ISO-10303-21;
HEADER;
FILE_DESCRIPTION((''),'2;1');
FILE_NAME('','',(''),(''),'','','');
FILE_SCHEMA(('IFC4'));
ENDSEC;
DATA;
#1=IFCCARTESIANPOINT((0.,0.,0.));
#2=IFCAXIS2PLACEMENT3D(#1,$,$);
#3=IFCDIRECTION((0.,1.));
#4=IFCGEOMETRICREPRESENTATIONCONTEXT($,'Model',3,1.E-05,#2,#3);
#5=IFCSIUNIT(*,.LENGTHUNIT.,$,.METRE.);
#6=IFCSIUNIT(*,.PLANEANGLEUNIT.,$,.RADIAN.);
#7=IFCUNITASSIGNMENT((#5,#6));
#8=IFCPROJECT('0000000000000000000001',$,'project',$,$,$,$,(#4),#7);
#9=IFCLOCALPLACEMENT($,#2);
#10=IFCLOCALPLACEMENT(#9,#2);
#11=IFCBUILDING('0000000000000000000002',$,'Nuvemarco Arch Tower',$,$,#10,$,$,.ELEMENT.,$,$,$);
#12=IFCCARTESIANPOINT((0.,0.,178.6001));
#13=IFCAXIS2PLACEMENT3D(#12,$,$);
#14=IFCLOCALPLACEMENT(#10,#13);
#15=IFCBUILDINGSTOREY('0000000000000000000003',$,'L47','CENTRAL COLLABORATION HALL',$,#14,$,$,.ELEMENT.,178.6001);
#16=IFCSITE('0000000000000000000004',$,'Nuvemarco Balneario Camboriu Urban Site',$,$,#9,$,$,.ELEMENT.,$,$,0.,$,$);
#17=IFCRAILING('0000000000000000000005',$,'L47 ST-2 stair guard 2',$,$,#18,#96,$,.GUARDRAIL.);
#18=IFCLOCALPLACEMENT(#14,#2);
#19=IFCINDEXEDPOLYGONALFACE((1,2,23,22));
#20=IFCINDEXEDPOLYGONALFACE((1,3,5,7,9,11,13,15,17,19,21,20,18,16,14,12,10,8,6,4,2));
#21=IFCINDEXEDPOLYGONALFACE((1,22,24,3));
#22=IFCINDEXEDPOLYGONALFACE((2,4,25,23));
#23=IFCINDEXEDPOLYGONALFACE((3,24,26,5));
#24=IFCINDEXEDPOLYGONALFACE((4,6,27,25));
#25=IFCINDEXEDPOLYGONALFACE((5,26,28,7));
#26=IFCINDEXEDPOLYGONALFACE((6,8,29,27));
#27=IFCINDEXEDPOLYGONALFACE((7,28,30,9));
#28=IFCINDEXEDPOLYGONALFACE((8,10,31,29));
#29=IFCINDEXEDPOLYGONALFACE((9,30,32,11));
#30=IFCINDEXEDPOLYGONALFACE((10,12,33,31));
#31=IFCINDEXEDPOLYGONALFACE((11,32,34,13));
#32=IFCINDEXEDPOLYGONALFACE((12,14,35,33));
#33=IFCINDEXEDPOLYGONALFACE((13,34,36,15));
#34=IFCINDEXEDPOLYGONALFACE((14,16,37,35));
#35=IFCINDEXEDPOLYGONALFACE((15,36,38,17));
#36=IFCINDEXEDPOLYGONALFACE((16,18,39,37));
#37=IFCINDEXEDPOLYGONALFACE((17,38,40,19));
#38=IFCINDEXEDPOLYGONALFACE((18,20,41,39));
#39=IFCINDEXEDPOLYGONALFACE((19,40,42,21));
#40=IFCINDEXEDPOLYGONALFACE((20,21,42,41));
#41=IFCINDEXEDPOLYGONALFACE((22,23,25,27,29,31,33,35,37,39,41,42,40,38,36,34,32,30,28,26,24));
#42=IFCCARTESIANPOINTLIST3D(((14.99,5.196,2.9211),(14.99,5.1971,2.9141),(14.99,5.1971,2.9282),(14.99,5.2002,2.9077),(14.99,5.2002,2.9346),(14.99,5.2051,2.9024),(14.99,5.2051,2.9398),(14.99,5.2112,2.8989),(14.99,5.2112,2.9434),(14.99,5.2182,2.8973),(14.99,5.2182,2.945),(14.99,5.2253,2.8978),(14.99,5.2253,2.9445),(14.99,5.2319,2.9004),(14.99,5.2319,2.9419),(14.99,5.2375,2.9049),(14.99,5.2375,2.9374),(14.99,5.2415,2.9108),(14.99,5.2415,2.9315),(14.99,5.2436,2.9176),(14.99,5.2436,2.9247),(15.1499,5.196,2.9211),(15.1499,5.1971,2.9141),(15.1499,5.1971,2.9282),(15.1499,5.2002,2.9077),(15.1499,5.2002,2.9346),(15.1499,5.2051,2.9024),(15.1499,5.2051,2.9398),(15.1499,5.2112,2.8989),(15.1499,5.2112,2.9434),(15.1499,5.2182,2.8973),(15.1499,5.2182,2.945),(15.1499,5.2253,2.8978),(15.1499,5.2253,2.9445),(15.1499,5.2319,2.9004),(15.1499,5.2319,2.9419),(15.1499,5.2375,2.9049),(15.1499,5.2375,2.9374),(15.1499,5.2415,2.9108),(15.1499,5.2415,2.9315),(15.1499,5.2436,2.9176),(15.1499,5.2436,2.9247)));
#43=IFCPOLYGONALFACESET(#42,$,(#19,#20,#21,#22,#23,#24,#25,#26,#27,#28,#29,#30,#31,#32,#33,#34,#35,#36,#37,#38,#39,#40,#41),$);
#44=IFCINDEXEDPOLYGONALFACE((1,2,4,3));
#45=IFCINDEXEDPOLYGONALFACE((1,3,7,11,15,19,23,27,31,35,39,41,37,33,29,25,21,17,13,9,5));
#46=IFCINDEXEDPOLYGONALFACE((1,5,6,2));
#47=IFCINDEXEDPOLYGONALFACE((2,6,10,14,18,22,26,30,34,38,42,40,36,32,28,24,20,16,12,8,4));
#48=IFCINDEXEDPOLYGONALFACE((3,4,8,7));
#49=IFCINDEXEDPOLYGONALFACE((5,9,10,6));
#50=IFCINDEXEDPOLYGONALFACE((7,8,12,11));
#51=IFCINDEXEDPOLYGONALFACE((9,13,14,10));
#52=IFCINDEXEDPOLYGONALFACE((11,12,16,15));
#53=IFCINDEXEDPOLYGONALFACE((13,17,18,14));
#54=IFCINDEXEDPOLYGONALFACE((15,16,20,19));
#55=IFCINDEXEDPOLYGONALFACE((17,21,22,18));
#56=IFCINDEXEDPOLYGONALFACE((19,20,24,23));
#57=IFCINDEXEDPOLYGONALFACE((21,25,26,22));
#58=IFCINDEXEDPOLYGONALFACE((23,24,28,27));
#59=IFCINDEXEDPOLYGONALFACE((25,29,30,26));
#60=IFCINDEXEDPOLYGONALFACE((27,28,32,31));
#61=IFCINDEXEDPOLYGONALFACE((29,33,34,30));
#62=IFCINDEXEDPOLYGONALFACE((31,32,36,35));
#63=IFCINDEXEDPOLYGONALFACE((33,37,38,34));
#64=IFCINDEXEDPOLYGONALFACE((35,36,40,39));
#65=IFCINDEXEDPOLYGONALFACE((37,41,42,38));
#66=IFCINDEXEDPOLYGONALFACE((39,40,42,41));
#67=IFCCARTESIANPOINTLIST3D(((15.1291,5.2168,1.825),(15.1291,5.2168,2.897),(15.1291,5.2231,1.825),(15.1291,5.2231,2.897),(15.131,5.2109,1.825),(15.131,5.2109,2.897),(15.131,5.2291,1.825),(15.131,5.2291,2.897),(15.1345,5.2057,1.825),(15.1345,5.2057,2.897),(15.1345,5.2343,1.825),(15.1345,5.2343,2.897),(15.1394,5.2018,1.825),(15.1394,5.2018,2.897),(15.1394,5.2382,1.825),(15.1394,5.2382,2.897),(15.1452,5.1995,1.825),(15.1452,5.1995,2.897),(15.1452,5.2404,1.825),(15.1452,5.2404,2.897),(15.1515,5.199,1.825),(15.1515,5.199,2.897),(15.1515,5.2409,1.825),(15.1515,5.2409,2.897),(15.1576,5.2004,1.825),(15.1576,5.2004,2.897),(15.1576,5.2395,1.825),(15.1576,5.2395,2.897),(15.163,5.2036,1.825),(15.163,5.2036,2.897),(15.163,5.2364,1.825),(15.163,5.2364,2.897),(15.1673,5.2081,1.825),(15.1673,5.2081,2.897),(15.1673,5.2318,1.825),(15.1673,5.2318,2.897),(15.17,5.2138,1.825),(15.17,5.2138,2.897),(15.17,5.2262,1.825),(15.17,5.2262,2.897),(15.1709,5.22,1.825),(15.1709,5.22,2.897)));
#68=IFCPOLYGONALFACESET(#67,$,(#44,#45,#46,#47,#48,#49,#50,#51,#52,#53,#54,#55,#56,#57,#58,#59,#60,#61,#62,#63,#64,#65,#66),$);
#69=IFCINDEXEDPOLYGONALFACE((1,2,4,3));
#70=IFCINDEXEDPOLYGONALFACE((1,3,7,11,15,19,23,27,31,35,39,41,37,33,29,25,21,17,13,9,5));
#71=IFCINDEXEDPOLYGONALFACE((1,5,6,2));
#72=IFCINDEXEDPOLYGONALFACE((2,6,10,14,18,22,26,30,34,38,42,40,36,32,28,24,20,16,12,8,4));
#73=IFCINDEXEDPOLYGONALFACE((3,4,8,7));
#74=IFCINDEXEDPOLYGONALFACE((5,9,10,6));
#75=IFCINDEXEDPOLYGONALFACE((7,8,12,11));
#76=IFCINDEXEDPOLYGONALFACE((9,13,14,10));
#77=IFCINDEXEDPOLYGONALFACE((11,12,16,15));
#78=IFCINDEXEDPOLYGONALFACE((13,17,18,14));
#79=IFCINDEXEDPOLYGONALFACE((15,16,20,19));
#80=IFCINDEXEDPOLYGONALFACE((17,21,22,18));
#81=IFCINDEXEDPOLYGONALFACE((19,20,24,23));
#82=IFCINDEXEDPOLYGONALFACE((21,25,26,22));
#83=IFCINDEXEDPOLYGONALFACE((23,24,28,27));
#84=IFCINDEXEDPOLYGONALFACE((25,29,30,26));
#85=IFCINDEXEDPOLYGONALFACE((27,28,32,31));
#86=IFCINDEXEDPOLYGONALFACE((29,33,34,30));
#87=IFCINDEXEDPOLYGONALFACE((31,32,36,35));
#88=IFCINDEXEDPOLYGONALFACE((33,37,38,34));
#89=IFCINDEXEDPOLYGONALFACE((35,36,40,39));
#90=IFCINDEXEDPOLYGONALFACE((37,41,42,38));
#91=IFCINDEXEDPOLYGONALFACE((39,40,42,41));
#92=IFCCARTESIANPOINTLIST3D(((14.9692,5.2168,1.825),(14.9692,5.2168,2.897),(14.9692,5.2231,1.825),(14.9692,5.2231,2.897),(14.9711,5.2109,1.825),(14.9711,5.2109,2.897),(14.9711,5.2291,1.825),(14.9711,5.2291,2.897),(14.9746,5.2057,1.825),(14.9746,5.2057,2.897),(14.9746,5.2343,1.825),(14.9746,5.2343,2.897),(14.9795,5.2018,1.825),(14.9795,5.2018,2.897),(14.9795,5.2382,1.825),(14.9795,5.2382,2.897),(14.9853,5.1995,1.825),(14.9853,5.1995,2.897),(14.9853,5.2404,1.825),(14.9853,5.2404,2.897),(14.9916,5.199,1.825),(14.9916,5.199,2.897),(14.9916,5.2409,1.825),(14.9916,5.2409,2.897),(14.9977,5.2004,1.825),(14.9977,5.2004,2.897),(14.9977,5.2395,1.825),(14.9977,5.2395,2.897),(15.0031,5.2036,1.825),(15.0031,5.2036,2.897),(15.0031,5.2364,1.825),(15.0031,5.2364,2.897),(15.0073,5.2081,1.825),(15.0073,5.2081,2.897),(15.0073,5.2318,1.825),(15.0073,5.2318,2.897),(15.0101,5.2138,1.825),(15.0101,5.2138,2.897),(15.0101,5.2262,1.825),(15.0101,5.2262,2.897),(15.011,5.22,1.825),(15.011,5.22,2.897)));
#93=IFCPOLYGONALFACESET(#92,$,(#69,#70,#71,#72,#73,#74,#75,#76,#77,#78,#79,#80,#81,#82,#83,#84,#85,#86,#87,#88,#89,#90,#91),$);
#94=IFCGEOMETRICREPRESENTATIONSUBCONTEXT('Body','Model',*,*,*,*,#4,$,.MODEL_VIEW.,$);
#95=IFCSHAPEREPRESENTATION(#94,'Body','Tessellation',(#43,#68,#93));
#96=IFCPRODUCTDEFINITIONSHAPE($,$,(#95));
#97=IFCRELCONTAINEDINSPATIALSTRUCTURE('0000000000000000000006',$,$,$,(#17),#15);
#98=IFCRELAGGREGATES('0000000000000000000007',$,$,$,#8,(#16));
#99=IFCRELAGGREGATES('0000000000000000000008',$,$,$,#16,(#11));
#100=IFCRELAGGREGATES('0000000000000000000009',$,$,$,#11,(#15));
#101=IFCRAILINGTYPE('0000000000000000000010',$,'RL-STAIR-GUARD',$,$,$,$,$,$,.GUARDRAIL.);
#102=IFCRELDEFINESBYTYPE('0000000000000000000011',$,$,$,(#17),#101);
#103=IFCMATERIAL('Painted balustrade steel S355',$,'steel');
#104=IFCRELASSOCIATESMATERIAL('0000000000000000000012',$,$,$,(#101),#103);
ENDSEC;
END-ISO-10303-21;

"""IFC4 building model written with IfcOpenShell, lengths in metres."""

from ifc_helpers import new_model, si_unit, direction, frame, origin, origin_2d, place, context, subcontext, project, spatial, circle, extrude, material, type_object, element, save


model = new_model("IFC4")

# Units and contexts
model_context = context("Model", 3, precision=1e-05, world=origin(), true_north=direction((0.0, 1.0)))
body_context = subcontext(model_context, "Body", "Model", "MODEL_VIEW")
ifc_project = project(units=[si_unit("LENGTHUNIT", "METRE"), si_unit("PLANEANGLEUNIT", "RADIAN")], contexts=[model_context])

# Site, building, storey
site_placement = place(None, origin())
site = spatial("IfcSite", under=ifc_project, at=site_placement, Name="Nuvemarco Balneario Camboriu Urban Site", CompositionType="ELEMENT", RefElevation=0.0)
building_placement = place(site_placement, origin())
building = spatial("IfcBuilding", under=site, at=building_placement, Name="Nuvemarco Arch Tower", CompositionType="ELEMENT")
storey_placement = place(building_placement, frame((0.0, 0.0, 178.6001)))
storey = spatial("IfcBuildingStorey", under=building, at=storey_placement, Name="L47", Description="CENTRAL COLLABORATION HALL", CompositionType="ELEMENT", Elevation=178.6001)

# Railing
ifc_material_1 = material(Name="Painted balustrade steel S355", Category="steel")
railing_type_1 = type_object("IfcRailingType", Name="RL-STAIR-GUARD", PredefinedType="GUARDRAIL", material=ifc_material_1)
railing_1_placement = place(storey_placement, frame((15.1499, 5.22, 1.825)))
element("IfcRailing", 1, at=railing_1_placement, inside=storey, type_object=railing_type_1, Name="L47 ST-2 stair guard 2", PredefinedType="GUARDRAIL", context=body_context, shape_type="SweptSolid", body=[
    extrude(circle(Radius=0.0239, at=origin_2d()), frame((0.0, 0.0, 1.0962), z_axis=(-1.0, 0.0, 0.0), x_axis=(0.0, -1.0, 0.0)), (0.0, 0.0, 1.0), 0.1599),
    extrude(circle(Radius=0.021, at=origin_2d()), origin(), (0.0, 0.0, 1.0), 1.072),
    extrude(circle(Radius=0.021, at=origin_2d()), frame((-0.1599, 0.0, 0.0)), (0.0, 0.0, 1.0), 1.072),
])

save(model, "model.ifc")
